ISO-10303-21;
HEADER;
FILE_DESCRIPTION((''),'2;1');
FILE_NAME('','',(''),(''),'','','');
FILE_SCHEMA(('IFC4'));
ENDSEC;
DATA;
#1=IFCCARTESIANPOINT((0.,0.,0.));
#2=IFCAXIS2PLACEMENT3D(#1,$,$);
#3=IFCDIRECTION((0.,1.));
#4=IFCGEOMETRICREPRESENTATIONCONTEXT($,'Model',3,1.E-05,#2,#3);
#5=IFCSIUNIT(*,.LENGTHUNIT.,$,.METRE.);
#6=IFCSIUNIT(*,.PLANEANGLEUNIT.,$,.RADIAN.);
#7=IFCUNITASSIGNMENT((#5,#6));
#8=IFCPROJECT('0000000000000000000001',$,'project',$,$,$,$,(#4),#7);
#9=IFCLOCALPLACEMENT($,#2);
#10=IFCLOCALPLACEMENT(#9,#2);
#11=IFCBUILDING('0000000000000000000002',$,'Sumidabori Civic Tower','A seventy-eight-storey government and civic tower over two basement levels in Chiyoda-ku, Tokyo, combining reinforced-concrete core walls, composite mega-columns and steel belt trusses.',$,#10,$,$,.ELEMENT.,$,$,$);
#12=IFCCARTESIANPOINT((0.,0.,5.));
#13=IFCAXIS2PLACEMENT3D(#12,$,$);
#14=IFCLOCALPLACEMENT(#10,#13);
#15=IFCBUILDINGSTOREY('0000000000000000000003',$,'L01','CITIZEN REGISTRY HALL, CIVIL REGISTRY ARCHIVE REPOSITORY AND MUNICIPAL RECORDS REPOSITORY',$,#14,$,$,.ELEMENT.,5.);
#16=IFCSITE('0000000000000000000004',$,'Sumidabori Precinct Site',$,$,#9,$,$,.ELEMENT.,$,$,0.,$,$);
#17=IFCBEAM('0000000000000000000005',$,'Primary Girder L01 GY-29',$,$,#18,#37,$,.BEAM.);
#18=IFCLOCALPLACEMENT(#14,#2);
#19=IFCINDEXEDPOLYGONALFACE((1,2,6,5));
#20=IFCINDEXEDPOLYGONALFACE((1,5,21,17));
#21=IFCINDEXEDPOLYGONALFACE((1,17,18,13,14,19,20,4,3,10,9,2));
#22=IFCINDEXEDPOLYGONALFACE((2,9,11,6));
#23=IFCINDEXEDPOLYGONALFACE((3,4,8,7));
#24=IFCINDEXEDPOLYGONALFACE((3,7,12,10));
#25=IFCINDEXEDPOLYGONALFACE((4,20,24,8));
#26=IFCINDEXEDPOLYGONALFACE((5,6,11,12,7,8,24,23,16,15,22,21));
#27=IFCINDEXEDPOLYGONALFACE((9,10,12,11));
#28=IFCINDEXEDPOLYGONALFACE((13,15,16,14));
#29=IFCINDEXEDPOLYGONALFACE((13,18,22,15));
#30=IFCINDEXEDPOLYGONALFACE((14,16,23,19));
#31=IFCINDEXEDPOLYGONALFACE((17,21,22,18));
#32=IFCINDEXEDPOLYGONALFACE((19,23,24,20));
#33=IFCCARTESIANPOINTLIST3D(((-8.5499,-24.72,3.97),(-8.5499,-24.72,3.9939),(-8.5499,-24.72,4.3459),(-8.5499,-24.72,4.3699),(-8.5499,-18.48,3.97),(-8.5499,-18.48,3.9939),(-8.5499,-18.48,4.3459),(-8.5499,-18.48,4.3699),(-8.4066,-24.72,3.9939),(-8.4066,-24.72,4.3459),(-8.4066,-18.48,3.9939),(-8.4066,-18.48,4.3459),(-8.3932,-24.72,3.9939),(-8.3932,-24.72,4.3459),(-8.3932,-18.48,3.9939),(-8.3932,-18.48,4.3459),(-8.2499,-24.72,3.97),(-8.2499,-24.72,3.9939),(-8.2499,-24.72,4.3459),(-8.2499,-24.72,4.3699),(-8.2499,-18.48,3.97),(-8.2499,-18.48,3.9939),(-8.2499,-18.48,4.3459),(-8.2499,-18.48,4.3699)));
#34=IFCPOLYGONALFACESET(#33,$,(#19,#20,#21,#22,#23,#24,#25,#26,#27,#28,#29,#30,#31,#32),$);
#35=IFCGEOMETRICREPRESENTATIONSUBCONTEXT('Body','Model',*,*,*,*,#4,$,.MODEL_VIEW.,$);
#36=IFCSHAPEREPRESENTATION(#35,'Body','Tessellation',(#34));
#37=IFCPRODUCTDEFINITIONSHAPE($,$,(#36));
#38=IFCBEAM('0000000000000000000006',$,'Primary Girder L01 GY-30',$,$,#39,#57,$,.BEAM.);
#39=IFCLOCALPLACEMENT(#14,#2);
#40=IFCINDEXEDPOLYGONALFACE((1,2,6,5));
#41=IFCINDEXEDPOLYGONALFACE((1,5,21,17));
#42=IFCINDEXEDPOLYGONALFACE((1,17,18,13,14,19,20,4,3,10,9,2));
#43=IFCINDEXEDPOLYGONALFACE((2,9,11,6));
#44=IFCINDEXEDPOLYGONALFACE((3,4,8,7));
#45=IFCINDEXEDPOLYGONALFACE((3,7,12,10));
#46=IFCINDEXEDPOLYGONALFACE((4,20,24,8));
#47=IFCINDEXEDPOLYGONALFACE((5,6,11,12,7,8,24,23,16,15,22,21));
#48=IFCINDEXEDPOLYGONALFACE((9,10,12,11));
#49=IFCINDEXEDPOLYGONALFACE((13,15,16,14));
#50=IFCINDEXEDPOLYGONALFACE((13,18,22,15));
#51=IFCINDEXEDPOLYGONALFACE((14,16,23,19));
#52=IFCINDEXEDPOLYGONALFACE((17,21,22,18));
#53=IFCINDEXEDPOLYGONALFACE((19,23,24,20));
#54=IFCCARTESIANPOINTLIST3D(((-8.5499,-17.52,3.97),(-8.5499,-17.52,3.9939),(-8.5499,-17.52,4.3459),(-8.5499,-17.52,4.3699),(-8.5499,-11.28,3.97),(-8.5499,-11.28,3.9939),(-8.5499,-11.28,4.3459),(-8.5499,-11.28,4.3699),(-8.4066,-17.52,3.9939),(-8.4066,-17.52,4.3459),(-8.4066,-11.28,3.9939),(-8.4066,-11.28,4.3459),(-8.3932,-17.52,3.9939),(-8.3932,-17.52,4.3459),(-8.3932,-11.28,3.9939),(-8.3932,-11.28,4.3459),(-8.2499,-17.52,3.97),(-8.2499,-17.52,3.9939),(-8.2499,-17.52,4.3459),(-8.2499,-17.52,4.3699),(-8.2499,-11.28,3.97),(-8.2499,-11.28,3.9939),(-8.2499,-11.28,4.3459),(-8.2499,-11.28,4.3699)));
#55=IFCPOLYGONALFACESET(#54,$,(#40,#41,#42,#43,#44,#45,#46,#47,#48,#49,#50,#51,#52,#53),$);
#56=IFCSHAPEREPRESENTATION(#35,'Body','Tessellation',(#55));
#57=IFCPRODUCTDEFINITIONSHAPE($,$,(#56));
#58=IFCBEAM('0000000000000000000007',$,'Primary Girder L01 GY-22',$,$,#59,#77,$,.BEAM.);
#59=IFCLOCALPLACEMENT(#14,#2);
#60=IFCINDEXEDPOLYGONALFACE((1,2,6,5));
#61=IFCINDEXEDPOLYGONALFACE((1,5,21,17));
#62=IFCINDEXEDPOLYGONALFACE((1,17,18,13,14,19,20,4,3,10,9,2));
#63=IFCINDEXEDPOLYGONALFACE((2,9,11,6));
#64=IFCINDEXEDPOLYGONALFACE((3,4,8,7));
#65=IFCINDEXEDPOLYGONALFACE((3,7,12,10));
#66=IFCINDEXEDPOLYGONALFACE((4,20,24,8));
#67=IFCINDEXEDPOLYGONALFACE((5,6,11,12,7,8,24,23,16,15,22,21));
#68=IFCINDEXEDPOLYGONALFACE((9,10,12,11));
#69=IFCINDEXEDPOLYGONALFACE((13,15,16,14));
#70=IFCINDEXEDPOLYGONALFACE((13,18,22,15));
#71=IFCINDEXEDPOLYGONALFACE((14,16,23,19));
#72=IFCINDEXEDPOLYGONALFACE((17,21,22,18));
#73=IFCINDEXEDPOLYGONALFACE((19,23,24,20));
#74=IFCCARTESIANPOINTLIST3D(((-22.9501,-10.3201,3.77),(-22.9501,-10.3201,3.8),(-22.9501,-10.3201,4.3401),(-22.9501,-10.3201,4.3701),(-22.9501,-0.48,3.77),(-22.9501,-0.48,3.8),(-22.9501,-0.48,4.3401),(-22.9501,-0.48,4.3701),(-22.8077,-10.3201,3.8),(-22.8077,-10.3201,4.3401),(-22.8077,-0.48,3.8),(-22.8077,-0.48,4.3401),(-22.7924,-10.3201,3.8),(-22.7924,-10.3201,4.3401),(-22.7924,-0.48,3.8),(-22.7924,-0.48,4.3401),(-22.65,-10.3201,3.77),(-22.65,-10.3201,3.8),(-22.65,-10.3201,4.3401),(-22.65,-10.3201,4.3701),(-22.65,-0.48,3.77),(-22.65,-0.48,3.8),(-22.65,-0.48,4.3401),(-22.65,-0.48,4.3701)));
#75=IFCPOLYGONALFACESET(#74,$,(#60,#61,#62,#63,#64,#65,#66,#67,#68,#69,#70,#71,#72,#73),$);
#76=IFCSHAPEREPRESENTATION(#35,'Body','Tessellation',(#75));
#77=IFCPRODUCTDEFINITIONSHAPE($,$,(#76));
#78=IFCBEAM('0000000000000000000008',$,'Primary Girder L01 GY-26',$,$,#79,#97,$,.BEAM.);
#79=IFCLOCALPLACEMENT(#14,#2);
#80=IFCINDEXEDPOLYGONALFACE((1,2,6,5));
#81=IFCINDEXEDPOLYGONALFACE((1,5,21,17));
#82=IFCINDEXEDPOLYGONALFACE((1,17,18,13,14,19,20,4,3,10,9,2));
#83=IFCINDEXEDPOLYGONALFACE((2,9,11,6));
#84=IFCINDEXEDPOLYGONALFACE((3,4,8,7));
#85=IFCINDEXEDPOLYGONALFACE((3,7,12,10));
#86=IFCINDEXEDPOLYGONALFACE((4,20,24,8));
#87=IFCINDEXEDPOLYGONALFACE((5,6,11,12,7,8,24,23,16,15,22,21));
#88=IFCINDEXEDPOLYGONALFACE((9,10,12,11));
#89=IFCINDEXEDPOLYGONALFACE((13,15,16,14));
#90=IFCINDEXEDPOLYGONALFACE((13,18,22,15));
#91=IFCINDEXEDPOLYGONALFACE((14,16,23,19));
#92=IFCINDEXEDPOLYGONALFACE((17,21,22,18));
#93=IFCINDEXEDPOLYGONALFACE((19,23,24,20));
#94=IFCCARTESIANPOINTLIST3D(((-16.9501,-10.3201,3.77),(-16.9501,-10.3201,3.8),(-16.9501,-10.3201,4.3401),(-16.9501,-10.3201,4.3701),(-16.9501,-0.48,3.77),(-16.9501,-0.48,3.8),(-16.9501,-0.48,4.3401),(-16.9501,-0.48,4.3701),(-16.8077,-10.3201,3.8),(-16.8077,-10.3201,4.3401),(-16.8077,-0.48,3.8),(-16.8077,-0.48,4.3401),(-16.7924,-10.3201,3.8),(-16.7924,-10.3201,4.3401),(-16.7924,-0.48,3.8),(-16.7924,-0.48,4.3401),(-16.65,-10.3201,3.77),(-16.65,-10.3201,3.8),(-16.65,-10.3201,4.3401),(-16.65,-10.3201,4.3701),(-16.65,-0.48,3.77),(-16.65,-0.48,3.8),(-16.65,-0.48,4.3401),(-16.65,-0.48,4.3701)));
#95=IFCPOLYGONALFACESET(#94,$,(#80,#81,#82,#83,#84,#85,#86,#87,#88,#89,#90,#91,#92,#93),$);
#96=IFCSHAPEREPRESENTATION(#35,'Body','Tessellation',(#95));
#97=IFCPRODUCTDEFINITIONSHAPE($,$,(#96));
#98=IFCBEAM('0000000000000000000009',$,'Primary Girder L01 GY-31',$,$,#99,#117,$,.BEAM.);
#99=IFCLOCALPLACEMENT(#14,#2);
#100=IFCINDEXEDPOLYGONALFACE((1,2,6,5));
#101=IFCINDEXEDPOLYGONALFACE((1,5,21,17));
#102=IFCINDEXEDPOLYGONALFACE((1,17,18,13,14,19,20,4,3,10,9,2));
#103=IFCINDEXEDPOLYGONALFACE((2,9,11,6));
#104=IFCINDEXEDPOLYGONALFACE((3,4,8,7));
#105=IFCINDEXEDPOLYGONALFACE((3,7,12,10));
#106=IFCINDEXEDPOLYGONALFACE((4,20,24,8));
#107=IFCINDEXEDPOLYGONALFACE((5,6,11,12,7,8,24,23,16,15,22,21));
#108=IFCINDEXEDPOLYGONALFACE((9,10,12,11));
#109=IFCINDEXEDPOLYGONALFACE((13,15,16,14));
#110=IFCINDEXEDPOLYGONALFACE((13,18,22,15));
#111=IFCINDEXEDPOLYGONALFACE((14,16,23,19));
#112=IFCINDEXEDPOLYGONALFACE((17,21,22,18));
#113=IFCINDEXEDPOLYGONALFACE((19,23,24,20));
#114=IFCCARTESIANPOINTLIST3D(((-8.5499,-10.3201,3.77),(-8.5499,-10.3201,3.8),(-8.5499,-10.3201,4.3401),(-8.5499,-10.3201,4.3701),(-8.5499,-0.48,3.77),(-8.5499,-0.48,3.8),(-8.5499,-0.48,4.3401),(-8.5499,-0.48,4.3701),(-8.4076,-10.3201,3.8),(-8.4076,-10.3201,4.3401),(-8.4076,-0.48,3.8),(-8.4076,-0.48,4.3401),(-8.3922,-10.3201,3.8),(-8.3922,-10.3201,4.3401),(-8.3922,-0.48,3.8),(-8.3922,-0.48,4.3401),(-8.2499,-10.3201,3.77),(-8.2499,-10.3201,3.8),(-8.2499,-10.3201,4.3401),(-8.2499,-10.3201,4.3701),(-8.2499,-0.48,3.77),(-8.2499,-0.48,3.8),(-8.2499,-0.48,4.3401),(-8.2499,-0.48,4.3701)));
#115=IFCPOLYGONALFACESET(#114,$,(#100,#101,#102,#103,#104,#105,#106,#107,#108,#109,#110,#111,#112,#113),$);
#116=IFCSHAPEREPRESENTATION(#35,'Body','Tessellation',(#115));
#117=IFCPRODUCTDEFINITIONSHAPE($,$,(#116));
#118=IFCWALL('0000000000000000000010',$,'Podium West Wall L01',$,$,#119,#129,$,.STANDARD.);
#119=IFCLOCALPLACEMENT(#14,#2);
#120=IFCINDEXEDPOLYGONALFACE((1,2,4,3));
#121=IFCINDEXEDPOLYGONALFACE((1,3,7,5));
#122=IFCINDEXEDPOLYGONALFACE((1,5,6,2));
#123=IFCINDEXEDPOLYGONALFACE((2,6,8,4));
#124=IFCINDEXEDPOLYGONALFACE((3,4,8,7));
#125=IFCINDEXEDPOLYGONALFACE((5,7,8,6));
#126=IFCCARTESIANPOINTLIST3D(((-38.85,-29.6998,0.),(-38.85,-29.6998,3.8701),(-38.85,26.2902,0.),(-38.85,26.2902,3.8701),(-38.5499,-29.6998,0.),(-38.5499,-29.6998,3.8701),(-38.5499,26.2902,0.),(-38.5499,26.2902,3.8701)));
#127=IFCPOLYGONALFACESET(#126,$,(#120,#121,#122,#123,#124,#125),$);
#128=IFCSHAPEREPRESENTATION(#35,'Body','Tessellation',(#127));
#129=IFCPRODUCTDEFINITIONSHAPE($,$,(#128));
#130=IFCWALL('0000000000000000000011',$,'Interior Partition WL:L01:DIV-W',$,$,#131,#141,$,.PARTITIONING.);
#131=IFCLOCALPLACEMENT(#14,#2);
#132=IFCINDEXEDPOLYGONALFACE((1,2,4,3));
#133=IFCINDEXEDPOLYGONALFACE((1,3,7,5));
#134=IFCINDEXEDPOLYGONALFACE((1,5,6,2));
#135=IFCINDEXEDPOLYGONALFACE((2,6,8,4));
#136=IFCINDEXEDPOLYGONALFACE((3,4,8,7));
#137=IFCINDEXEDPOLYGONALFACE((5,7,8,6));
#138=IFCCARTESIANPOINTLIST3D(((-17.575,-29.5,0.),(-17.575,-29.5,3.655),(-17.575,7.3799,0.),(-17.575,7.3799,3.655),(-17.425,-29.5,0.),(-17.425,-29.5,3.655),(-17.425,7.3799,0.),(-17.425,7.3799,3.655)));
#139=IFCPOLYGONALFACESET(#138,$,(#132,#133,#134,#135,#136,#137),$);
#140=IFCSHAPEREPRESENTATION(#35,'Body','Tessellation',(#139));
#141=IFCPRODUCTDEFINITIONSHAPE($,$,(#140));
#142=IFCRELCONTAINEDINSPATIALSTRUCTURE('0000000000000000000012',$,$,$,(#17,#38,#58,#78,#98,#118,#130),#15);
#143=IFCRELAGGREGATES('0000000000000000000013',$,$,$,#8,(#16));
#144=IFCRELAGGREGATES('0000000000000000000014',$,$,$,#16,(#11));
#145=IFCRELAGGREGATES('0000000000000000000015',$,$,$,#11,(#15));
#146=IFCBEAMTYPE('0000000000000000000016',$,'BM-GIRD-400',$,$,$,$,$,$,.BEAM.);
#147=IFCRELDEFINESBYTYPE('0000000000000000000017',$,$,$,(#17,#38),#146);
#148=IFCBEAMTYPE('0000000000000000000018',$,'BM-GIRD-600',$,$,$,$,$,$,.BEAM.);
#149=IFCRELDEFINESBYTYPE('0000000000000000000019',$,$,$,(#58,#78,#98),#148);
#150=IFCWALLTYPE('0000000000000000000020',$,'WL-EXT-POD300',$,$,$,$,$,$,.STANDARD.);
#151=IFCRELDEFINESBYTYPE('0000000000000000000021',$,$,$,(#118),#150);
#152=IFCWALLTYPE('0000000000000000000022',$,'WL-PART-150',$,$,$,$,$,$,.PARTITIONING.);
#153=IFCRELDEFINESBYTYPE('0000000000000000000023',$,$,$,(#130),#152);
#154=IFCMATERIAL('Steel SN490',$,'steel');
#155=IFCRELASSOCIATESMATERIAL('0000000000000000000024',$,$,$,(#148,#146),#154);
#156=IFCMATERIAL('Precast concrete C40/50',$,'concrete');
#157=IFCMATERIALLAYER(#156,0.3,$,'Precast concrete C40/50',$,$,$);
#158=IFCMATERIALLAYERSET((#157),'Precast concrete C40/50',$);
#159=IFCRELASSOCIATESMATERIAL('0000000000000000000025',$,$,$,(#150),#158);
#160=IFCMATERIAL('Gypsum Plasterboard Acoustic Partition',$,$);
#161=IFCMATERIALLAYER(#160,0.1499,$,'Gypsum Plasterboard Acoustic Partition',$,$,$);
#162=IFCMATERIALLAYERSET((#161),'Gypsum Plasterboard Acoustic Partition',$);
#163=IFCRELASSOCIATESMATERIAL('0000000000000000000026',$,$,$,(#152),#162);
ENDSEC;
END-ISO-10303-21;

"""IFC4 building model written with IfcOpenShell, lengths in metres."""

from ifc_helpers import new_model, si_unit, direction, frame, frame_2d, origin, origin_2d, place, context, subcontext, project, spatial, rectangle, i_section, extrude, source, transform, mapped, material, layer, layer_set, material_profile, profile_set, type_object, element, save


model = new_model("IFC4")

# Units and contexts
model_context = context("Model", 3, precision=1e-05, world=origin(), true_north=direction((0.0, 1.0)))
body_context = subcontext(model_context, "Body", "Model", "MODEL_VIEW")
ifc_project = project(units=[si_unit("LENGTHUNIT", "METRE"), si_unit("PLANEANGLEUNIT", "RADIAN")], contexts=[model_context])

# Site, building, storey
site_placement = place(None, origin())
site = spatial("IfcSite", under=ifc_project, at=site_placement, Name="Sumidabori Precinct Site", CompositionType="ELEMENT", RefElevation=0.0)
building_placement = place(site_placement, origin())
building = spatial("IfcBuilding", under=site, at=building_placement, Name="Sumidabori Civic Tower", Description="A seventy-eight-storey government and civic tower over two basement levels in Chiyoda-ku, Tokyo, combining reinforced-concrete core walls, composite mega-columns and steel belt trusses.", CompositionType="ELEMENT")
storey_placement = place(building_placement, frame((0.0, 0.0, 5.0)))
storey = spatial("IfcBuildingStorey", under=building, at=storey_placement, Name="L01", Description="CITIZEN REGISTRY HALL, CIVIL REGISTRY ARCHIVE REPOSITORY AND MUNICIPAL RECORDS REPOSITORY", CompositionType="ELEMENT", Elevation=5.0)

# Beams
ifc_material_1 = material(Name="Steel SN490", Category="steel")
ifc_material_profile_1 = material_profile(ifc_material_1, i_section(OverallWidth=0.3, OverallDepth=0.6001, WebThickness=0.0154, FlangeThickness=0.03, at=origin_2d()), Name="HE 600 B")
ifc_profile_set_1 = profile_set([ifc_material_profile_1], Name="Steel SN490")
beam_type_1 = type_object("IfcBeamType", Name="BM-GIRD-600", PredefinedType="BEAM", material=ifc_profile_set_1)
ifc_material_profile_2 = material_profile(ifc_material_1, i_section(OverallWidth=0.3, OverallDepth=0.3999, WebThickness=0.0134, FlangeThickness=0.0239, at=origin_2d()), Name="HE 400 B")
ifc_profile_set_2 = profile_set([ifc_material_profile_2], Name="Steel SN490")
beam_type_2 = type_object("IfcBeamType", Name="BM-GIRD-400", PredefinedType="BEAM", material=ifc_profile_set_2)
shared_shape_1 = source(origin(), body_context, "Body", "SweptSolid", [
    extrude(i_section(OverallWidth=0.3, OverallDepth=0.3999, WebThickness=0.0134, FlangeThickness=0.0239, at=origin_2d()), origin(), (0.0, 0.0, 1.0), 6.24),
])
for number, where, z_axis, x_axis, name in (
    (1, (-8.3999, -24.72, 4.1699), (0.0, 1.0, 0.0), (-1.0, 0.0, 0.0), "Primary Girder L01 GY-29"),
    (2, (-8.3999, -17.52, 4.1699), (0.0, 1.0, 0.0), (-1.0, 0.0, 0.0), "Primary Girder L01 GY-30"),
):
    element("IfcBeam", number, at=place(storey_placement, frame(where, z_axis=z_axis, x_axis=x_axis)), inside=storey, type_object=beam_type_2, Name=name, PredefinedType="BEAM", context=body_context, shape_type="MappedRepresentation", body=[
        mapped(shared_shape_1, transform((0.0, 0.0, 0.0), x_axis=(1.0, 0.0, 0.0), y_axis=(0.0, 1.0, 0.0), z_axis=(0.0, 0.0, 1.0), scale=1.0)),
    ])
shared_shape_2 = source(origin(), body_context, "Body", "SweptSolid", [
    extrude(i_section(OverallWidth=0.3, OverallDepth=0.6001, WebThickness=0.0154, FlangeThickness=0.03, at=origin_2d()), origin(), (0.0, 0.0, 1.0), 9.8401),
])
for number, where, z_axis, x_axis, name in (
    (3, (-22.8, -10.3201, 4.0701), (0.0, 1.0, 0.0), (-1.0, 0.0, 0.0), "Primary Girder L01 GY-22"),
    (4, (-16.8, -10.3201, 4.0701), (0.0, 1.0, 0.0), (-1.0, 0.0, 0.0), "Primary Girder L01 GY-26"),
    (5, (-8.3999, -10.3201, 4.0701), (0.0, 1.0, 0.0), (-1.0, 0.0, 0.0), "Primary Girder L01 GY-31"),
):
    element("IfcBeam", number, at=place(storey_placement, frame(where, z_axis=z_axis, x_axis=x_axis)), inside=storey, type_object=beam_type_1, Name=name, PredefinedType="BEAM", context=body_context, shape_type="MappedRepresentation", body=[
        mapped(shared_shape_2, transform((0.0, 0.0, 0.0), x_axis=(1.0, 0.0, 0.0), y_axis=(0.0, 1.0, 0.0), z_axis=(0.0, 0.0, 1.0), scale=1.0)),
    ])

# Walls
ifc_material_2 = material(Name="Precast concrete C40/50", Category="concrete")
ifc_layer_1 = layer(ifc_material_2, 0.3, Name="Precast concrete C40/50")
ifc_layer_set_1 = layer_set([ifc_layer_1], Name="Precast concrete C40/50")
wall_type_1 = type_object("IfcWallType", Name="WL-EXT-POD300", PredefinedType="STANDARD", material=ifc_layer_set_1)
shared_shape_3 = source(origin(), body_context, "Body", "SweptSolid", [
    extrude(rectangle(XDim=55.99, YDim=0.3, at=frame_2d((27.9951, 0.0))), origin(), (0.0, 0.0, 1.0), 3.8701),
])
wall_1_placement = place(storey_placement, frame((-38.7, -29.7, 0.0), z_axis=(0.0, 0.0, 1.0), x_axis=(0.0, 1.0, 0.0)))
element("IfcWall", 6, at=wall_1_placement, inside=storey, type_object=wall_type_1, Name="Podium West Wall L01", PredefinedType="STANDARD", context=body_context, shape_type="MappedRepresentation", body=[
    mapped(shared_shape_3, transform((0.0, 0.0, 0.0), x_axis=(1.0, 0.0, 0.0), y_axis=(0.0, 1.0, 0.0), z_axis=(0.0, 0.0, 1.0), scale=1.0)),
])
ifc_material_3 = material(Name="Gypsum Plasterboard Acoustic Partition")
ifc_layer_2 = layer(ifc_material_3, 0.1499, Name="Gypsum Plasterboard Acoustic Partition")
ifc_layer_set_2 = layer_set([ifc_layer_2], Name="Gypsum Plasterboard Acoustic Partition")
wall_type_2 = type_object("IfcWallType", Name="WL-PART-150", PredefinedType="PARTITIONING", material=ifc_layer_set_2)
shared_shape_4 = source(origin(), body_context, "Body", "SweptSolid", [
    extrude(rectangle(XDim=36.8799, YDim=0.1499, at=frame_2d((18.4399, 0.0))), origin(), (0.0, 0.0, 1.0), 3.655),
])
wall_2_placement = place(storey_placement, frame((-17.5, -29.5, 0.0), z_axis=(0.0, 0.0, 1.0), x_axis=(0.0, 1.0, 0.0)))
element("IfcWall", 7, at=wall_2_placement, inside=storey, type_object=wall_type_2, Name="Interior Partition WL:L01:DIV-W", PredefinedType="PARTITIONING", context=body_context, shape_type="MappedRepresentation", body=[
    mapped(shared_shape_4, transform((0.0, 0.0, 0.0), x_axis=(1.0, 0.0, 0.0), y_axis=(0.0, 1.0, 0.0), z_axis=(0.0, 0.0, 1.0), scale=1.0)),
])

save(model, "model.ifc")
